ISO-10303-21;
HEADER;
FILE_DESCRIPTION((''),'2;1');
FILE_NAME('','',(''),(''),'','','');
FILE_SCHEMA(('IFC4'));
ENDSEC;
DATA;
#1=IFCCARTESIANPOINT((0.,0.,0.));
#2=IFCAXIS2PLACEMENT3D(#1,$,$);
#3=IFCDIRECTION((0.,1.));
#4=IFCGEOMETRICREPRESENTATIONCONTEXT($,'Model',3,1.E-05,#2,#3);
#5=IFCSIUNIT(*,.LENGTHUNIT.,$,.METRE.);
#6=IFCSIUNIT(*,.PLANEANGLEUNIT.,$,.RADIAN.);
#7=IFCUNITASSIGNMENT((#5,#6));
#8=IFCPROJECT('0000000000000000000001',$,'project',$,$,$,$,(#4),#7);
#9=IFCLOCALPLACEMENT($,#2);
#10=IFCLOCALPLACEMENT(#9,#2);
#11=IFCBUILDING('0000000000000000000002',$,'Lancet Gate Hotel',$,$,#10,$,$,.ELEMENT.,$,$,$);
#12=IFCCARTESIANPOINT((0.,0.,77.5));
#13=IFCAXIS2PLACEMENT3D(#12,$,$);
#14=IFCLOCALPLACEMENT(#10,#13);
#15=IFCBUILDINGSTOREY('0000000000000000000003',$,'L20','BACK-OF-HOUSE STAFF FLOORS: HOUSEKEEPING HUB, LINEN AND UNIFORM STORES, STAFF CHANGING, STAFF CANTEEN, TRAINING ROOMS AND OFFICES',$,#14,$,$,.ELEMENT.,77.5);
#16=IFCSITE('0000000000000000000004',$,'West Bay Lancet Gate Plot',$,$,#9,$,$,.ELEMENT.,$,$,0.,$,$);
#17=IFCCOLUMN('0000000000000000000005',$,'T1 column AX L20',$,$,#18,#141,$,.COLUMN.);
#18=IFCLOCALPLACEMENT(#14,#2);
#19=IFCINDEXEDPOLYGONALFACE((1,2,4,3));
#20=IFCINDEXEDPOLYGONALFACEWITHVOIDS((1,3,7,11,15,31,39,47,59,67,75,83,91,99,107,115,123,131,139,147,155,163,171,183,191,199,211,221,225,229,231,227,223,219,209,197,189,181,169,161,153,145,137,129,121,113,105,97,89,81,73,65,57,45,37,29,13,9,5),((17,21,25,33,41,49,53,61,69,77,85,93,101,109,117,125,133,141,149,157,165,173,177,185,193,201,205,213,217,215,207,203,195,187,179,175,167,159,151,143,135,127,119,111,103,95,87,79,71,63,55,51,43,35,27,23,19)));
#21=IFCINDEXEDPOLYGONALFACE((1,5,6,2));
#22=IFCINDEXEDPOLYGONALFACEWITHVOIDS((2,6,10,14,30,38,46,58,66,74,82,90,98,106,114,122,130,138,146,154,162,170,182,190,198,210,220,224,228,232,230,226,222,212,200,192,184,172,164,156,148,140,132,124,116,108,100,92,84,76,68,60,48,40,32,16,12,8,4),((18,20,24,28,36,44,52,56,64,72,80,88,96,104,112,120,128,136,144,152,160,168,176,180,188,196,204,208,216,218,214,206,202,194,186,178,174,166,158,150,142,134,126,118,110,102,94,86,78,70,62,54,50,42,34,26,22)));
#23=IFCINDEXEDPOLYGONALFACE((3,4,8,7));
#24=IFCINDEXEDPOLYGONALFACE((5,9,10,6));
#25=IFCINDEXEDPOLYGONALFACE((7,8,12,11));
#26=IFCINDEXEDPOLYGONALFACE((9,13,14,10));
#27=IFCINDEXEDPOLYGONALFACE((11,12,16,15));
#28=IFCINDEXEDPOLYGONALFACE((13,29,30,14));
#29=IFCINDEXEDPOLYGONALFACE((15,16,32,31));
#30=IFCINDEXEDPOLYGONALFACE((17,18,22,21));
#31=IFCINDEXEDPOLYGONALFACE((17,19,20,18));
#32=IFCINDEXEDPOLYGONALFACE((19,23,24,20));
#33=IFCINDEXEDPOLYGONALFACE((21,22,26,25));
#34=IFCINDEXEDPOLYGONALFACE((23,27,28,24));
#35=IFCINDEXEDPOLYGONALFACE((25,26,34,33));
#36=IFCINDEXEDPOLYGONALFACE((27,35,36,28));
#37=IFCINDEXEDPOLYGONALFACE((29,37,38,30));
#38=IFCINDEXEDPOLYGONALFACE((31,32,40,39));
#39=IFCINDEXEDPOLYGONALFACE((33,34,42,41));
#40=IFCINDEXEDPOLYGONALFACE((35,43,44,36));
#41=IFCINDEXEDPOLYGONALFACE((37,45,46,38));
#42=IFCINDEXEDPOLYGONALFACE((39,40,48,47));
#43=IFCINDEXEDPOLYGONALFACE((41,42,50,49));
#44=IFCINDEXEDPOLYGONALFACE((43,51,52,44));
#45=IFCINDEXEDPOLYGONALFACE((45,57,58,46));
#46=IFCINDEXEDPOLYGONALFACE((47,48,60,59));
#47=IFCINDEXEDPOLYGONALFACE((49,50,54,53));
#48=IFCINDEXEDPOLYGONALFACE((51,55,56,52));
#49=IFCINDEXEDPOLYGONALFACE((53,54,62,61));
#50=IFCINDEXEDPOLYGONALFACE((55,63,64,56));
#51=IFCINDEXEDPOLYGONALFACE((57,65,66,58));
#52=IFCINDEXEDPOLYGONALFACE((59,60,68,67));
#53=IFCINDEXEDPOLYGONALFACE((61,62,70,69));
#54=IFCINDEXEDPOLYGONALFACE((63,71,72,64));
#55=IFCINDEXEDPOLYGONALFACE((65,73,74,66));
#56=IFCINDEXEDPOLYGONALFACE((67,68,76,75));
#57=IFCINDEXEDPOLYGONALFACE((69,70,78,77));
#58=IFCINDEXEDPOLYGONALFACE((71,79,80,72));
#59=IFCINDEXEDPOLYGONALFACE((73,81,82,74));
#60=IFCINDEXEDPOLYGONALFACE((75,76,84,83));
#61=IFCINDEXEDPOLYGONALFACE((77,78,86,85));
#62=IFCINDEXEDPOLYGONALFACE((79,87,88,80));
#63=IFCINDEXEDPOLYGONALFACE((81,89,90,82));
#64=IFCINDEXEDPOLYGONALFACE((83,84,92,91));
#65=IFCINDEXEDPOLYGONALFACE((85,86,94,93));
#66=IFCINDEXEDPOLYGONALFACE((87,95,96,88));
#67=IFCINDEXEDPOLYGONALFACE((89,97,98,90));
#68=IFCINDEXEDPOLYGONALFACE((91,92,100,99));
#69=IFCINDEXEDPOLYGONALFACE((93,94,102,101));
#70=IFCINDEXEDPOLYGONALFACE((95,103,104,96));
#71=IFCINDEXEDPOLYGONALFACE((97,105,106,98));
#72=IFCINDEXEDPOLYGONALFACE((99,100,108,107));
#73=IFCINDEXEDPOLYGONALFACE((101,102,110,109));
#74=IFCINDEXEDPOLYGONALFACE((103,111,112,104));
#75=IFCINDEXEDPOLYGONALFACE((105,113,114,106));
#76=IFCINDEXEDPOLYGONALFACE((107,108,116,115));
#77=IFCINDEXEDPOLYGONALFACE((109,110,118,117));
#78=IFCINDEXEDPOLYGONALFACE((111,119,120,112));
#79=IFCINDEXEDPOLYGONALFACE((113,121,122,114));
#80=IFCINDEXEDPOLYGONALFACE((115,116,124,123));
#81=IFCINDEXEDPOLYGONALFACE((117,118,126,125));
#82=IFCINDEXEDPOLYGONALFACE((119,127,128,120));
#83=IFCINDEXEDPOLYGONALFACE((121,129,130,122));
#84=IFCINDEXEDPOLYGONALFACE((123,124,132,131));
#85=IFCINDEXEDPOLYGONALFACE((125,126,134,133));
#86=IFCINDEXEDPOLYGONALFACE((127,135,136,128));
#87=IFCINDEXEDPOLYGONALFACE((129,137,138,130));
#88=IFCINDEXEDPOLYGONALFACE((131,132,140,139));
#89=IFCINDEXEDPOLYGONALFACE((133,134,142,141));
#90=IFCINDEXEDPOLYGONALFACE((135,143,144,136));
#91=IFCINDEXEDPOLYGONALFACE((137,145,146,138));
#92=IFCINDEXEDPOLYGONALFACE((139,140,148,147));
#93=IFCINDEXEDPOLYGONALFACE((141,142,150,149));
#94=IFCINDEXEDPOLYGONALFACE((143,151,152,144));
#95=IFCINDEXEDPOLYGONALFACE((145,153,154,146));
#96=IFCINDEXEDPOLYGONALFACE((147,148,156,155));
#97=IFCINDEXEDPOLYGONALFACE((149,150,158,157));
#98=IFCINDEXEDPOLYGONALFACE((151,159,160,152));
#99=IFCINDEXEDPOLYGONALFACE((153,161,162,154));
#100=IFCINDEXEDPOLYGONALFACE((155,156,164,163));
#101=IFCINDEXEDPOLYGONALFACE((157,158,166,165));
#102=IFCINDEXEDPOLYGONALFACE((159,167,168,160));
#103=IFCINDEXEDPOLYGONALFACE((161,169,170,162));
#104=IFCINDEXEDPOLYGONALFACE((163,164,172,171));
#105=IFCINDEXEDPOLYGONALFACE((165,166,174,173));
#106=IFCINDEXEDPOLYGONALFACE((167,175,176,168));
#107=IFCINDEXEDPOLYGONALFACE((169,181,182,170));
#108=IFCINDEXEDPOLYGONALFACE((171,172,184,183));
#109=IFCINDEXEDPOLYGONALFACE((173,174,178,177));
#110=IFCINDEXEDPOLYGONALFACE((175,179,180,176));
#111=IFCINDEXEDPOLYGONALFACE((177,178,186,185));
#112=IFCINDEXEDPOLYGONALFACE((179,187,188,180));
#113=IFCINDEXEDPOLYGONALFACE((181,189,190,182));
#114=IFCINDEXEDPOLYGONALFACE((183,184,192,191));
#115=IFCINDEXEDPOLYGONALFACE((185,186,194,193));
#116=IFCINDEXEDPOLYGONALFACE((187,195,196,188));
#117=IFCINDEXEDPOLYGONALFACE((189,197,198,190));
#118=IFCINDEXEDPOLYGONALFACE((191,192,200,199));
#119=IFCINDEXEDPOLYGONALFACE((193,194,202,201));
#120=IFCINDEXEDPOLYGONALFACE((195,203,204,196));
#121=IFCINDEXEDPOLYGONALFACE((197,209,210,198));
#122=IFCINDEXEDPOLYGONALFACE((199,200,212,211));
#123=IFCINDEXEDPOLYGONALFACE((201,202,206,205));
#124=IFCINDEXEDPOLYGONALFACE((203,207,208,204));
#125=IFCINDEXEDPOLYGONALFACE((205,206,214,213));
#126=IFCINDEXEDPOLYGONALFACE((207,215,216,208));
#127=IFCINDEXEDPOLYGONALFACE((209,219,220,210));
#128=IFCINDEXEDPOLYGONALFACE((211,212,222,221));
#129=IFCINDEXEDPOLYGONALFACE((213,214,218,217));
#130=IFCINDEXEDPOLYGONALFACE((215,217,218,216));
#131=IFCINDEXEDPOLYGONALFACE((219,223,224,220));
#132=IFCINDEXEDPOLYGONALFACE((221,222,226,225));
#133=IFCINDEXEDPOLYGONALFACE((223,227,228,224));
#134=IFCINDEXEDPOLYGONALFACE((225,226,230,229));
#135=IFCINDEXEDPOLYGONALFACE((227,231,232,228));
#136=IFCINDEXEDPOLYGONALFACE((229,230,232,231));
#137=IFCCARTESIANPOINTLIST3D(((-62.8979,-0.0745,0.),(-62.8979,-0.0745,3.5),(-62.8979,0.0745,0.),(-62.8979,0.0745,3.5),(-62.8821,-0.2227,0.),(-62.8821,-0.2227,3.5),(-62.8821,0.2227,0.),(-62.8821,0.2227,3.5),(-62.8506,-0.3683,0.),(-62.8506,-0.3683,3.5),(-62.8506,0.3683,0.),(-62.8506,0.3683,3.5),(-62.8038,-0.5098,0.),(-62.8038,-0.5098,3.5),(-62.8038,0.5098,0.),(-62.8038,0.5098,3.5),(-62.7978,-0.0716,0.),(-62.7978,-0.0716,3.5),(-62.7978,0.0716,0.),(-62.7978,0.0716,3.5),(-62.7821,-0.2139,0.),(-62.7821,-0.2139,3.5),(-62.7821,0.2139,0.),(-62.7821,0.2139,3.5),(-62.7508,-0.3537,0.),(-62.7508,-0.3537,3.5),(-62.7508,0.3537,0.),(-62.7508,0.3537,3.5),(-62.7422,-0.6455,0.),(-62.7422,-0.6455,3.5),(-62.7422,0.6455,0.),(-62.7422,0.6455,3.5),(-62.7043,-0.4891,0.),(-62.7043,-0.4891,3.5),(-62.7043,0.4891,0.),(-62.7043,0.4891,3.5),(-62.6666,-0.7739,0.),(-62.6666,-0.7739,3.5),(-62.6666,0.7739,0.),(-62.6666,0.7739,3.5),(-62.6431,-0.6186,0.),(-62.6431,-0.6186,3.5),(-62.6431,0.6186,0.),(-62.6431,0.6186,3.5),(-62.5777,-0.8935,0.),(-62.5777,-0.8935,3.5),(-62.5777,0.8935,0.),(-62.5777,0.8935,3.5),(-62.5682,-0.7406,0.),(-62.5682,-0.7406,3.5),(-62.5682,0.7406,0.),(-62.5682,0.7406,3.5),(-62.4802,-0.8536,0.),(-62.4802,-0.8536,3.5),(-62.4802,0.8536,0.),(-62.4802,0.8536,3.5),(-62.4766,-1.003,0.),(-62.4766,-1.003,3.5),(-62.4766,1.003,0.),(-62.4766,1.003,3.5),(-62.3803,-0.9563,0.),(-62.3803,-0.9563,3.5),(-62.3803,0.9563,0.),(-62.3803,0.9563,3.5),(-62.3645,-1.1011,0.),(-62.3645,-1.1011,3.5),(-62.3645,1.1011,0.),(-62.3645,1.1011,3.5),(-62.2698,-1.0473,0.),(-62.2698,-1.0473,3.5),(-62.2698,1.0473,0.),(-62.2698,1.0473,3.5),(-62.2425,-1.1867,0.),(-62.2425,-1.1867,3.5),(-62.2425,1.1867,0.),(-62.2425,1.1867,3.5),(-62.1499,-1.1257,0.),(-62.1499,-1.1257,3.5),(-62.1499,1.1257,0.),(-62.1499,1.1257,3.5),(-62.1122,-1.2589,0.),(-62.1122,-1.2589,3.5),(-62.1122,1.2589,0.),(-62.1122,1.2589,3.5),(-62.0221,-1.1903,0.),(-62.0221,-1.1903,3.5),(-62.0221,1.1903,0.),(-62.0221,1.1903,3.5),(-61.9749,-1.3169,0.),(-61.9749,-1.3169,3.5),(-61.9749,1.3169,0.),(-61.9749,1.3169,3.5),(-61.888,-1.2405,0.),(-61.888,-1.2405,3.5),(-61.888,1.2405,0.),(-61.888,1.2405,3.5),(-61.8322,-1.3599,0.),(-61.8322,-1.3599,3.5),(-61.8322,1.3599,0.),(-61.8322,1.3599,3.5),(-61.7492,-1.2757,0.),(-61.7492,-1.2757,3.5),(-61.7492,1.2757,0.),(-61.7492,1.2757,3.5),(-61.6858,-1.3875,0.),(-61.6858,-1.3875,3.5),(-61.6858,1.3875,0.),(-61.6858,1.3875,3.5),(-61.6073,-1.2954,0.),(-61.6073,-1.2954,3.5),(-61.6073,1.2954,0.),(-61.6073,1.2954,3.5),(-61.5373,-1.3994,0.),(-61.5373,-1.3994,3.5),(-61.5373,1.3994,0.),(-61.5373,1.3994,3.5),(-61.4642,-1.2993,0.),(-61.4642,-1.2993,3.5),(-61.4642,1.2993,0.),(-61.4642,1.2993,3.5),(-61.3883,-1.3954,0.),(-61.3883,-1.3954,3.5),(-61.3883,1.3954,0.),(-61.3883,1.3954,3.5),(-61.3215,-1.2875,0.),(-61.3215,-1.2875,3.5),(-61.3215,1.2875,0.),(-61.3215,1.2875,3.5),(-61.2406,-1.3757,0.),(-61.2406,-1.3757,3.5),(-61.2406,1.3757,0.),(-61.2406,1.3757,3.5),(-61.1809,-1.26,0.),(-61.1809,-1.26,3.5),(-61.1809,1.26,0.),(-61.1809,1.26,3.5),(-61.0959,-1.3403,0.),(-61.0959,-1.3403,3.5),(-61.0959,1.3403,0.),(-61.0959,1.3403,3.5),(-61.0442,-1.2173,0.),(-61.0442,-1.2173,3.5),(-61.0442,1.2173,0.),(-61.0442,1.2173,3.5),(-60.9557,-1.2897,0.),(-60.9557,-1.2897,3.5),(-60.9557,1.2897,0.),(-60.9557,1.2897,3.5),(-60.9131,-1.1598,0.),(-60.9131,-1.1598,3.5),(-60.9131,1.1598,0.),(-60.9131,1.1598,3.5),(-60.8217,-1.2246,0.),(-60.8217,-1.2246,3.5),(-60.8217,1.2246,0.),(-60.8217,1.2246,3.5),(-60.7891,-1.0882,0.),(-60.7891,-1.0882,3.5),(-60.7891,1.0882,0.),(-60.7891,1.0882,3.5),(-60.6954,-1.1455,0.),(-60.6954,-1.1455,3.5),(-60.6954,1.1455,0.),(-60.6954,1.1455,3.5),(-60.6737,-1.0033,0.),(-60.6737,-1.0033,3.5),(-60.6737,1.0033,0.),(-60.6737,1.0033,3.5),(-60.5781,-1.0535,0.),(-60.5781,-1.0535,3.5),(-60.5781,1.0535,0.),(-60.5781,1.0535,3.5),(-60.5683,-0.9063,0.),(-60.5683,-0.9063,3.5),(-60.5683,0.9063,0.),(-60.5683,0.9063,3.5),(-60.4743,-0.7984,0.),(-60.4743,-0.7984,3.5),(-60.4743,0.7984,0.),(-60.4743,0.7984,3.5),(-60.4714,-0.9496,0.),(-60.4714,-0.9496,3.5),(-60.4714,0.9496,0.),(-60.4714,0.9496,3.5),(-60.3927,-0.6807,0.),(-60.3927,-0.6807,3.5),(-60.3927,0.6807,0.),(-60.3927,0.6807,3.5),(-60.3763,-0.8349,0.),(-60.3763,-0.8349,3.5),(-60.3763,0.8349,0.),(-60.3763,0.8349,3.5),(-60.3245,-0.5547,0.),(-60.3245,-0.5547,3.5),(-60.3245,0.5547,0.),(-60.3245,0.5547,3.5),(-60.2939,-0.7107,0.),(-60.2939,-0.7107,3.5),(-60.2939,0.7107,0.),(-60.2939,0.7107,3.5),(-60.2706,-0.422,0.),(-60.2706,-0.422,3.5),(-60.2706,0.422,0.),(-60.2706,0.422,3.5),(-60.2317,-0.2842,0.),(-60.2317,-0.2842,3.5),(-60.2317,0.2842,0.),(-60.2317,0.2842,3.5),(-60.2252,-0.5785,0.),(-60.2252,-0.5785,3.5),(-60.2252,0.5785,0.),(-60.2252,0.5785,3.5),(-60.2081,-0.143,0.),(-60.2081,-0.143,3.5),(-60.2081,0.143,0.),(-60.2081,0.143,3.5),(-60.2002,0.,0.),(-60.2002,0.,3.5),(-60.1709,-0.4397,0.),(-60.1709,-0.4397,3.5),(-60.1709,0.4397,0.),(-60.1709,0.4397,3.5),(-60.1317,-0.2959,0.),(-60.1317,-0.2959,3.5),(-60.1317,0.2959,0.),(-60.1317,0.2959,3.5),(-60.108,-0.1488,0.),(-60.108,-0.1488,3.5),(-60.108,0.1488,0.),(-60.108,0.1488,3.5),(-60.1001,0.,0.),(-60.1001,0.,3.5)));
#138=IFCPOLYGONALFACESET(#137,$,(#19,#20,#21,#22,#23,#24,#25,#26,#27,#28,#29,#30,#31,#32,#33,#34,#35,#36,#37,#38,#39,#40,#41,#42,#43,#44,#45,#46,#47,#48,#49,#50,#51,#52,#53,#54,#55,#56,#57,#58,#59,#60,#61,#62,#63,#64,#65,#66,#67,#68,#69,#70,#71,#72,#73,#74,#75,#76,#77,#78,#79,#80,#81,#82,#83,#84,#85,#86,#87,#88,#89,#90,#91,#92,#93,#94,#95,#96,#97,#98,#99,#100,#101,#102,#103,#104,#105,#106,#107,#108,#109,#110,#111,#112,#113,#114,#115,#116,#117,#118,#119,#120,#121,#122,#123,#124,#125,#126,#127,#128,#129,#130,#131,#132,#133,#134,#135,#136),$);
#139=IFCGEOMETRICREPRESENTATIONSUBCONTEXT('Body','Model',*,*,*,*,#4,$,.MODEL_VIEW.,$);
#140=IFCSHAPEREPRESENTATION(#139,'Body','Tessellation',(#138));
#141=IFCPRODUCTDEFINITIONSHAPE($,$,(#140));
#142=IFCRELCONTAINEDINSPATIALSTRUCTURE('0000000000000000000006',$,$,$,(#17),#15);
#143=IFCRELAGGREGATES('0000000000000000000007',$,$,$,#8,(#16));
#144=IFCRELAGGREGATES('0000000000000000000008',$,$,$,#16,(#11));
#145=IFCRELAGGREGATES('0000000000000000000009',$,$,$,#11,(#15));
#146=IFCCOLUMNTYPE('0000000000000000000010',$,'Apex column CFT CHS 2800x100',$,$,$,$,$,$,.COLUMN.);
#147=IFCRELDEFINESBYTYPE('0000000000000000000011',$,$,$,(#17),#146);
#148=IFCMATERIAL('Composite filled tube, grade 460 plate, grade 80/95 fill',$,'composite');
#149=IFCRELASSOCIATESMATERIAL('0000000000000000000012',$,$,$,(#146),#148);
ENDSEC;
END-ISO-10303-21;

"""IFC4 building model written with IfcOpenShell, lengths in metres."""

from ifc_helpers import new_model, si_unit, direction, frame, origin, origin_2d, place, context, subcontext, project, spatial, hollow_circle, extrude, material, material_profile, profile_set, type_object, element, save


model = new_model("IFC4")

# Units and contexts
model_context = context("Model", 3, precision=1e-05, world=origin(), true_north=direction((0.0, 1.0)))
body_context = subcontext(model_context, "Body", "Model", "MODEL_VIEW")
ifc_project = project(units=[si_unit("LENGTHUNIT", "METRE"), si_unit("PLANEANGLEUNIT", "RADIAN")], contexts=[model_context])

# Site, building, storey
site_placement = place(None, origin())
site = spatial("IfcSite", under=ifc_project, at=site_placement, Name="West Bay Lancet Gate Plot", CompositionType="ELEMENT", RefElevation=0.0)
building_placement = place(site_placement, origin())
building = spatial("IfcBuilding", under=site, at=building_placement, Name="Lancet Gate Hotel", CompositionType="ELEMENT")
storey_placement = place(building_placement, frame((0.0, 0.0, 77.5)))
storey = spatial("IfcBuildingStorey", under=building, at=storey_placement, Name="L20", Description="BACK-OF-HOUSE STAFF FLOORS: HOUSEKEEPING HUB, LINEN AND UNIFORM STORES, STAFF CHANGING, STAFF CANTEEN, TRAINING ROOMS AND OFFICES", CompositionType="ELEMENT", Elevation=77.5)

# Column
ifc_material_1 = material(Name="Composite filled tube, grade 460 plate, grade 80/95 fill", Category="composite")
ifc_material_profile_1 = material_profile(ifc_material_1, hollow_circle(Radius=1.3999, WallThickness=0.1001, at=origin_2d()), Name="CHS 2800x100")
ifc_profile_set_1 = profile_set([ifc_material_profile_1], Name="Composite filled tube, grade 460 plate, grade 80/95 fill")
column_type_1 = type_object("IfcColumnType", Name="Apex column CFT CHS 2800x100", PredefinedType="COLUMN", material=ifc_profile_set_1)
column_1_placement = place(storey_placement, frame((-61.5, 0.0, 0.0), z_axis=(0.0, 0.0, 1.0), x_axis=(1.0, 0.0, 0.0)))
element("IfcColumn", 1, at=column_1_placement, inside=storey, type_object=column_type_1, Name="T1 column AX L20", PredefinedType="COLUMN", context=body_context, shape_type="SweptSolid", body=[
    extrude(hollow_circle(Radius=1.3999, WallThickness=0.1001, at=origin_2d()), origin(), (0.0, 0.0, 1.0), 3.5),
])

save(model, "model.ifc")
